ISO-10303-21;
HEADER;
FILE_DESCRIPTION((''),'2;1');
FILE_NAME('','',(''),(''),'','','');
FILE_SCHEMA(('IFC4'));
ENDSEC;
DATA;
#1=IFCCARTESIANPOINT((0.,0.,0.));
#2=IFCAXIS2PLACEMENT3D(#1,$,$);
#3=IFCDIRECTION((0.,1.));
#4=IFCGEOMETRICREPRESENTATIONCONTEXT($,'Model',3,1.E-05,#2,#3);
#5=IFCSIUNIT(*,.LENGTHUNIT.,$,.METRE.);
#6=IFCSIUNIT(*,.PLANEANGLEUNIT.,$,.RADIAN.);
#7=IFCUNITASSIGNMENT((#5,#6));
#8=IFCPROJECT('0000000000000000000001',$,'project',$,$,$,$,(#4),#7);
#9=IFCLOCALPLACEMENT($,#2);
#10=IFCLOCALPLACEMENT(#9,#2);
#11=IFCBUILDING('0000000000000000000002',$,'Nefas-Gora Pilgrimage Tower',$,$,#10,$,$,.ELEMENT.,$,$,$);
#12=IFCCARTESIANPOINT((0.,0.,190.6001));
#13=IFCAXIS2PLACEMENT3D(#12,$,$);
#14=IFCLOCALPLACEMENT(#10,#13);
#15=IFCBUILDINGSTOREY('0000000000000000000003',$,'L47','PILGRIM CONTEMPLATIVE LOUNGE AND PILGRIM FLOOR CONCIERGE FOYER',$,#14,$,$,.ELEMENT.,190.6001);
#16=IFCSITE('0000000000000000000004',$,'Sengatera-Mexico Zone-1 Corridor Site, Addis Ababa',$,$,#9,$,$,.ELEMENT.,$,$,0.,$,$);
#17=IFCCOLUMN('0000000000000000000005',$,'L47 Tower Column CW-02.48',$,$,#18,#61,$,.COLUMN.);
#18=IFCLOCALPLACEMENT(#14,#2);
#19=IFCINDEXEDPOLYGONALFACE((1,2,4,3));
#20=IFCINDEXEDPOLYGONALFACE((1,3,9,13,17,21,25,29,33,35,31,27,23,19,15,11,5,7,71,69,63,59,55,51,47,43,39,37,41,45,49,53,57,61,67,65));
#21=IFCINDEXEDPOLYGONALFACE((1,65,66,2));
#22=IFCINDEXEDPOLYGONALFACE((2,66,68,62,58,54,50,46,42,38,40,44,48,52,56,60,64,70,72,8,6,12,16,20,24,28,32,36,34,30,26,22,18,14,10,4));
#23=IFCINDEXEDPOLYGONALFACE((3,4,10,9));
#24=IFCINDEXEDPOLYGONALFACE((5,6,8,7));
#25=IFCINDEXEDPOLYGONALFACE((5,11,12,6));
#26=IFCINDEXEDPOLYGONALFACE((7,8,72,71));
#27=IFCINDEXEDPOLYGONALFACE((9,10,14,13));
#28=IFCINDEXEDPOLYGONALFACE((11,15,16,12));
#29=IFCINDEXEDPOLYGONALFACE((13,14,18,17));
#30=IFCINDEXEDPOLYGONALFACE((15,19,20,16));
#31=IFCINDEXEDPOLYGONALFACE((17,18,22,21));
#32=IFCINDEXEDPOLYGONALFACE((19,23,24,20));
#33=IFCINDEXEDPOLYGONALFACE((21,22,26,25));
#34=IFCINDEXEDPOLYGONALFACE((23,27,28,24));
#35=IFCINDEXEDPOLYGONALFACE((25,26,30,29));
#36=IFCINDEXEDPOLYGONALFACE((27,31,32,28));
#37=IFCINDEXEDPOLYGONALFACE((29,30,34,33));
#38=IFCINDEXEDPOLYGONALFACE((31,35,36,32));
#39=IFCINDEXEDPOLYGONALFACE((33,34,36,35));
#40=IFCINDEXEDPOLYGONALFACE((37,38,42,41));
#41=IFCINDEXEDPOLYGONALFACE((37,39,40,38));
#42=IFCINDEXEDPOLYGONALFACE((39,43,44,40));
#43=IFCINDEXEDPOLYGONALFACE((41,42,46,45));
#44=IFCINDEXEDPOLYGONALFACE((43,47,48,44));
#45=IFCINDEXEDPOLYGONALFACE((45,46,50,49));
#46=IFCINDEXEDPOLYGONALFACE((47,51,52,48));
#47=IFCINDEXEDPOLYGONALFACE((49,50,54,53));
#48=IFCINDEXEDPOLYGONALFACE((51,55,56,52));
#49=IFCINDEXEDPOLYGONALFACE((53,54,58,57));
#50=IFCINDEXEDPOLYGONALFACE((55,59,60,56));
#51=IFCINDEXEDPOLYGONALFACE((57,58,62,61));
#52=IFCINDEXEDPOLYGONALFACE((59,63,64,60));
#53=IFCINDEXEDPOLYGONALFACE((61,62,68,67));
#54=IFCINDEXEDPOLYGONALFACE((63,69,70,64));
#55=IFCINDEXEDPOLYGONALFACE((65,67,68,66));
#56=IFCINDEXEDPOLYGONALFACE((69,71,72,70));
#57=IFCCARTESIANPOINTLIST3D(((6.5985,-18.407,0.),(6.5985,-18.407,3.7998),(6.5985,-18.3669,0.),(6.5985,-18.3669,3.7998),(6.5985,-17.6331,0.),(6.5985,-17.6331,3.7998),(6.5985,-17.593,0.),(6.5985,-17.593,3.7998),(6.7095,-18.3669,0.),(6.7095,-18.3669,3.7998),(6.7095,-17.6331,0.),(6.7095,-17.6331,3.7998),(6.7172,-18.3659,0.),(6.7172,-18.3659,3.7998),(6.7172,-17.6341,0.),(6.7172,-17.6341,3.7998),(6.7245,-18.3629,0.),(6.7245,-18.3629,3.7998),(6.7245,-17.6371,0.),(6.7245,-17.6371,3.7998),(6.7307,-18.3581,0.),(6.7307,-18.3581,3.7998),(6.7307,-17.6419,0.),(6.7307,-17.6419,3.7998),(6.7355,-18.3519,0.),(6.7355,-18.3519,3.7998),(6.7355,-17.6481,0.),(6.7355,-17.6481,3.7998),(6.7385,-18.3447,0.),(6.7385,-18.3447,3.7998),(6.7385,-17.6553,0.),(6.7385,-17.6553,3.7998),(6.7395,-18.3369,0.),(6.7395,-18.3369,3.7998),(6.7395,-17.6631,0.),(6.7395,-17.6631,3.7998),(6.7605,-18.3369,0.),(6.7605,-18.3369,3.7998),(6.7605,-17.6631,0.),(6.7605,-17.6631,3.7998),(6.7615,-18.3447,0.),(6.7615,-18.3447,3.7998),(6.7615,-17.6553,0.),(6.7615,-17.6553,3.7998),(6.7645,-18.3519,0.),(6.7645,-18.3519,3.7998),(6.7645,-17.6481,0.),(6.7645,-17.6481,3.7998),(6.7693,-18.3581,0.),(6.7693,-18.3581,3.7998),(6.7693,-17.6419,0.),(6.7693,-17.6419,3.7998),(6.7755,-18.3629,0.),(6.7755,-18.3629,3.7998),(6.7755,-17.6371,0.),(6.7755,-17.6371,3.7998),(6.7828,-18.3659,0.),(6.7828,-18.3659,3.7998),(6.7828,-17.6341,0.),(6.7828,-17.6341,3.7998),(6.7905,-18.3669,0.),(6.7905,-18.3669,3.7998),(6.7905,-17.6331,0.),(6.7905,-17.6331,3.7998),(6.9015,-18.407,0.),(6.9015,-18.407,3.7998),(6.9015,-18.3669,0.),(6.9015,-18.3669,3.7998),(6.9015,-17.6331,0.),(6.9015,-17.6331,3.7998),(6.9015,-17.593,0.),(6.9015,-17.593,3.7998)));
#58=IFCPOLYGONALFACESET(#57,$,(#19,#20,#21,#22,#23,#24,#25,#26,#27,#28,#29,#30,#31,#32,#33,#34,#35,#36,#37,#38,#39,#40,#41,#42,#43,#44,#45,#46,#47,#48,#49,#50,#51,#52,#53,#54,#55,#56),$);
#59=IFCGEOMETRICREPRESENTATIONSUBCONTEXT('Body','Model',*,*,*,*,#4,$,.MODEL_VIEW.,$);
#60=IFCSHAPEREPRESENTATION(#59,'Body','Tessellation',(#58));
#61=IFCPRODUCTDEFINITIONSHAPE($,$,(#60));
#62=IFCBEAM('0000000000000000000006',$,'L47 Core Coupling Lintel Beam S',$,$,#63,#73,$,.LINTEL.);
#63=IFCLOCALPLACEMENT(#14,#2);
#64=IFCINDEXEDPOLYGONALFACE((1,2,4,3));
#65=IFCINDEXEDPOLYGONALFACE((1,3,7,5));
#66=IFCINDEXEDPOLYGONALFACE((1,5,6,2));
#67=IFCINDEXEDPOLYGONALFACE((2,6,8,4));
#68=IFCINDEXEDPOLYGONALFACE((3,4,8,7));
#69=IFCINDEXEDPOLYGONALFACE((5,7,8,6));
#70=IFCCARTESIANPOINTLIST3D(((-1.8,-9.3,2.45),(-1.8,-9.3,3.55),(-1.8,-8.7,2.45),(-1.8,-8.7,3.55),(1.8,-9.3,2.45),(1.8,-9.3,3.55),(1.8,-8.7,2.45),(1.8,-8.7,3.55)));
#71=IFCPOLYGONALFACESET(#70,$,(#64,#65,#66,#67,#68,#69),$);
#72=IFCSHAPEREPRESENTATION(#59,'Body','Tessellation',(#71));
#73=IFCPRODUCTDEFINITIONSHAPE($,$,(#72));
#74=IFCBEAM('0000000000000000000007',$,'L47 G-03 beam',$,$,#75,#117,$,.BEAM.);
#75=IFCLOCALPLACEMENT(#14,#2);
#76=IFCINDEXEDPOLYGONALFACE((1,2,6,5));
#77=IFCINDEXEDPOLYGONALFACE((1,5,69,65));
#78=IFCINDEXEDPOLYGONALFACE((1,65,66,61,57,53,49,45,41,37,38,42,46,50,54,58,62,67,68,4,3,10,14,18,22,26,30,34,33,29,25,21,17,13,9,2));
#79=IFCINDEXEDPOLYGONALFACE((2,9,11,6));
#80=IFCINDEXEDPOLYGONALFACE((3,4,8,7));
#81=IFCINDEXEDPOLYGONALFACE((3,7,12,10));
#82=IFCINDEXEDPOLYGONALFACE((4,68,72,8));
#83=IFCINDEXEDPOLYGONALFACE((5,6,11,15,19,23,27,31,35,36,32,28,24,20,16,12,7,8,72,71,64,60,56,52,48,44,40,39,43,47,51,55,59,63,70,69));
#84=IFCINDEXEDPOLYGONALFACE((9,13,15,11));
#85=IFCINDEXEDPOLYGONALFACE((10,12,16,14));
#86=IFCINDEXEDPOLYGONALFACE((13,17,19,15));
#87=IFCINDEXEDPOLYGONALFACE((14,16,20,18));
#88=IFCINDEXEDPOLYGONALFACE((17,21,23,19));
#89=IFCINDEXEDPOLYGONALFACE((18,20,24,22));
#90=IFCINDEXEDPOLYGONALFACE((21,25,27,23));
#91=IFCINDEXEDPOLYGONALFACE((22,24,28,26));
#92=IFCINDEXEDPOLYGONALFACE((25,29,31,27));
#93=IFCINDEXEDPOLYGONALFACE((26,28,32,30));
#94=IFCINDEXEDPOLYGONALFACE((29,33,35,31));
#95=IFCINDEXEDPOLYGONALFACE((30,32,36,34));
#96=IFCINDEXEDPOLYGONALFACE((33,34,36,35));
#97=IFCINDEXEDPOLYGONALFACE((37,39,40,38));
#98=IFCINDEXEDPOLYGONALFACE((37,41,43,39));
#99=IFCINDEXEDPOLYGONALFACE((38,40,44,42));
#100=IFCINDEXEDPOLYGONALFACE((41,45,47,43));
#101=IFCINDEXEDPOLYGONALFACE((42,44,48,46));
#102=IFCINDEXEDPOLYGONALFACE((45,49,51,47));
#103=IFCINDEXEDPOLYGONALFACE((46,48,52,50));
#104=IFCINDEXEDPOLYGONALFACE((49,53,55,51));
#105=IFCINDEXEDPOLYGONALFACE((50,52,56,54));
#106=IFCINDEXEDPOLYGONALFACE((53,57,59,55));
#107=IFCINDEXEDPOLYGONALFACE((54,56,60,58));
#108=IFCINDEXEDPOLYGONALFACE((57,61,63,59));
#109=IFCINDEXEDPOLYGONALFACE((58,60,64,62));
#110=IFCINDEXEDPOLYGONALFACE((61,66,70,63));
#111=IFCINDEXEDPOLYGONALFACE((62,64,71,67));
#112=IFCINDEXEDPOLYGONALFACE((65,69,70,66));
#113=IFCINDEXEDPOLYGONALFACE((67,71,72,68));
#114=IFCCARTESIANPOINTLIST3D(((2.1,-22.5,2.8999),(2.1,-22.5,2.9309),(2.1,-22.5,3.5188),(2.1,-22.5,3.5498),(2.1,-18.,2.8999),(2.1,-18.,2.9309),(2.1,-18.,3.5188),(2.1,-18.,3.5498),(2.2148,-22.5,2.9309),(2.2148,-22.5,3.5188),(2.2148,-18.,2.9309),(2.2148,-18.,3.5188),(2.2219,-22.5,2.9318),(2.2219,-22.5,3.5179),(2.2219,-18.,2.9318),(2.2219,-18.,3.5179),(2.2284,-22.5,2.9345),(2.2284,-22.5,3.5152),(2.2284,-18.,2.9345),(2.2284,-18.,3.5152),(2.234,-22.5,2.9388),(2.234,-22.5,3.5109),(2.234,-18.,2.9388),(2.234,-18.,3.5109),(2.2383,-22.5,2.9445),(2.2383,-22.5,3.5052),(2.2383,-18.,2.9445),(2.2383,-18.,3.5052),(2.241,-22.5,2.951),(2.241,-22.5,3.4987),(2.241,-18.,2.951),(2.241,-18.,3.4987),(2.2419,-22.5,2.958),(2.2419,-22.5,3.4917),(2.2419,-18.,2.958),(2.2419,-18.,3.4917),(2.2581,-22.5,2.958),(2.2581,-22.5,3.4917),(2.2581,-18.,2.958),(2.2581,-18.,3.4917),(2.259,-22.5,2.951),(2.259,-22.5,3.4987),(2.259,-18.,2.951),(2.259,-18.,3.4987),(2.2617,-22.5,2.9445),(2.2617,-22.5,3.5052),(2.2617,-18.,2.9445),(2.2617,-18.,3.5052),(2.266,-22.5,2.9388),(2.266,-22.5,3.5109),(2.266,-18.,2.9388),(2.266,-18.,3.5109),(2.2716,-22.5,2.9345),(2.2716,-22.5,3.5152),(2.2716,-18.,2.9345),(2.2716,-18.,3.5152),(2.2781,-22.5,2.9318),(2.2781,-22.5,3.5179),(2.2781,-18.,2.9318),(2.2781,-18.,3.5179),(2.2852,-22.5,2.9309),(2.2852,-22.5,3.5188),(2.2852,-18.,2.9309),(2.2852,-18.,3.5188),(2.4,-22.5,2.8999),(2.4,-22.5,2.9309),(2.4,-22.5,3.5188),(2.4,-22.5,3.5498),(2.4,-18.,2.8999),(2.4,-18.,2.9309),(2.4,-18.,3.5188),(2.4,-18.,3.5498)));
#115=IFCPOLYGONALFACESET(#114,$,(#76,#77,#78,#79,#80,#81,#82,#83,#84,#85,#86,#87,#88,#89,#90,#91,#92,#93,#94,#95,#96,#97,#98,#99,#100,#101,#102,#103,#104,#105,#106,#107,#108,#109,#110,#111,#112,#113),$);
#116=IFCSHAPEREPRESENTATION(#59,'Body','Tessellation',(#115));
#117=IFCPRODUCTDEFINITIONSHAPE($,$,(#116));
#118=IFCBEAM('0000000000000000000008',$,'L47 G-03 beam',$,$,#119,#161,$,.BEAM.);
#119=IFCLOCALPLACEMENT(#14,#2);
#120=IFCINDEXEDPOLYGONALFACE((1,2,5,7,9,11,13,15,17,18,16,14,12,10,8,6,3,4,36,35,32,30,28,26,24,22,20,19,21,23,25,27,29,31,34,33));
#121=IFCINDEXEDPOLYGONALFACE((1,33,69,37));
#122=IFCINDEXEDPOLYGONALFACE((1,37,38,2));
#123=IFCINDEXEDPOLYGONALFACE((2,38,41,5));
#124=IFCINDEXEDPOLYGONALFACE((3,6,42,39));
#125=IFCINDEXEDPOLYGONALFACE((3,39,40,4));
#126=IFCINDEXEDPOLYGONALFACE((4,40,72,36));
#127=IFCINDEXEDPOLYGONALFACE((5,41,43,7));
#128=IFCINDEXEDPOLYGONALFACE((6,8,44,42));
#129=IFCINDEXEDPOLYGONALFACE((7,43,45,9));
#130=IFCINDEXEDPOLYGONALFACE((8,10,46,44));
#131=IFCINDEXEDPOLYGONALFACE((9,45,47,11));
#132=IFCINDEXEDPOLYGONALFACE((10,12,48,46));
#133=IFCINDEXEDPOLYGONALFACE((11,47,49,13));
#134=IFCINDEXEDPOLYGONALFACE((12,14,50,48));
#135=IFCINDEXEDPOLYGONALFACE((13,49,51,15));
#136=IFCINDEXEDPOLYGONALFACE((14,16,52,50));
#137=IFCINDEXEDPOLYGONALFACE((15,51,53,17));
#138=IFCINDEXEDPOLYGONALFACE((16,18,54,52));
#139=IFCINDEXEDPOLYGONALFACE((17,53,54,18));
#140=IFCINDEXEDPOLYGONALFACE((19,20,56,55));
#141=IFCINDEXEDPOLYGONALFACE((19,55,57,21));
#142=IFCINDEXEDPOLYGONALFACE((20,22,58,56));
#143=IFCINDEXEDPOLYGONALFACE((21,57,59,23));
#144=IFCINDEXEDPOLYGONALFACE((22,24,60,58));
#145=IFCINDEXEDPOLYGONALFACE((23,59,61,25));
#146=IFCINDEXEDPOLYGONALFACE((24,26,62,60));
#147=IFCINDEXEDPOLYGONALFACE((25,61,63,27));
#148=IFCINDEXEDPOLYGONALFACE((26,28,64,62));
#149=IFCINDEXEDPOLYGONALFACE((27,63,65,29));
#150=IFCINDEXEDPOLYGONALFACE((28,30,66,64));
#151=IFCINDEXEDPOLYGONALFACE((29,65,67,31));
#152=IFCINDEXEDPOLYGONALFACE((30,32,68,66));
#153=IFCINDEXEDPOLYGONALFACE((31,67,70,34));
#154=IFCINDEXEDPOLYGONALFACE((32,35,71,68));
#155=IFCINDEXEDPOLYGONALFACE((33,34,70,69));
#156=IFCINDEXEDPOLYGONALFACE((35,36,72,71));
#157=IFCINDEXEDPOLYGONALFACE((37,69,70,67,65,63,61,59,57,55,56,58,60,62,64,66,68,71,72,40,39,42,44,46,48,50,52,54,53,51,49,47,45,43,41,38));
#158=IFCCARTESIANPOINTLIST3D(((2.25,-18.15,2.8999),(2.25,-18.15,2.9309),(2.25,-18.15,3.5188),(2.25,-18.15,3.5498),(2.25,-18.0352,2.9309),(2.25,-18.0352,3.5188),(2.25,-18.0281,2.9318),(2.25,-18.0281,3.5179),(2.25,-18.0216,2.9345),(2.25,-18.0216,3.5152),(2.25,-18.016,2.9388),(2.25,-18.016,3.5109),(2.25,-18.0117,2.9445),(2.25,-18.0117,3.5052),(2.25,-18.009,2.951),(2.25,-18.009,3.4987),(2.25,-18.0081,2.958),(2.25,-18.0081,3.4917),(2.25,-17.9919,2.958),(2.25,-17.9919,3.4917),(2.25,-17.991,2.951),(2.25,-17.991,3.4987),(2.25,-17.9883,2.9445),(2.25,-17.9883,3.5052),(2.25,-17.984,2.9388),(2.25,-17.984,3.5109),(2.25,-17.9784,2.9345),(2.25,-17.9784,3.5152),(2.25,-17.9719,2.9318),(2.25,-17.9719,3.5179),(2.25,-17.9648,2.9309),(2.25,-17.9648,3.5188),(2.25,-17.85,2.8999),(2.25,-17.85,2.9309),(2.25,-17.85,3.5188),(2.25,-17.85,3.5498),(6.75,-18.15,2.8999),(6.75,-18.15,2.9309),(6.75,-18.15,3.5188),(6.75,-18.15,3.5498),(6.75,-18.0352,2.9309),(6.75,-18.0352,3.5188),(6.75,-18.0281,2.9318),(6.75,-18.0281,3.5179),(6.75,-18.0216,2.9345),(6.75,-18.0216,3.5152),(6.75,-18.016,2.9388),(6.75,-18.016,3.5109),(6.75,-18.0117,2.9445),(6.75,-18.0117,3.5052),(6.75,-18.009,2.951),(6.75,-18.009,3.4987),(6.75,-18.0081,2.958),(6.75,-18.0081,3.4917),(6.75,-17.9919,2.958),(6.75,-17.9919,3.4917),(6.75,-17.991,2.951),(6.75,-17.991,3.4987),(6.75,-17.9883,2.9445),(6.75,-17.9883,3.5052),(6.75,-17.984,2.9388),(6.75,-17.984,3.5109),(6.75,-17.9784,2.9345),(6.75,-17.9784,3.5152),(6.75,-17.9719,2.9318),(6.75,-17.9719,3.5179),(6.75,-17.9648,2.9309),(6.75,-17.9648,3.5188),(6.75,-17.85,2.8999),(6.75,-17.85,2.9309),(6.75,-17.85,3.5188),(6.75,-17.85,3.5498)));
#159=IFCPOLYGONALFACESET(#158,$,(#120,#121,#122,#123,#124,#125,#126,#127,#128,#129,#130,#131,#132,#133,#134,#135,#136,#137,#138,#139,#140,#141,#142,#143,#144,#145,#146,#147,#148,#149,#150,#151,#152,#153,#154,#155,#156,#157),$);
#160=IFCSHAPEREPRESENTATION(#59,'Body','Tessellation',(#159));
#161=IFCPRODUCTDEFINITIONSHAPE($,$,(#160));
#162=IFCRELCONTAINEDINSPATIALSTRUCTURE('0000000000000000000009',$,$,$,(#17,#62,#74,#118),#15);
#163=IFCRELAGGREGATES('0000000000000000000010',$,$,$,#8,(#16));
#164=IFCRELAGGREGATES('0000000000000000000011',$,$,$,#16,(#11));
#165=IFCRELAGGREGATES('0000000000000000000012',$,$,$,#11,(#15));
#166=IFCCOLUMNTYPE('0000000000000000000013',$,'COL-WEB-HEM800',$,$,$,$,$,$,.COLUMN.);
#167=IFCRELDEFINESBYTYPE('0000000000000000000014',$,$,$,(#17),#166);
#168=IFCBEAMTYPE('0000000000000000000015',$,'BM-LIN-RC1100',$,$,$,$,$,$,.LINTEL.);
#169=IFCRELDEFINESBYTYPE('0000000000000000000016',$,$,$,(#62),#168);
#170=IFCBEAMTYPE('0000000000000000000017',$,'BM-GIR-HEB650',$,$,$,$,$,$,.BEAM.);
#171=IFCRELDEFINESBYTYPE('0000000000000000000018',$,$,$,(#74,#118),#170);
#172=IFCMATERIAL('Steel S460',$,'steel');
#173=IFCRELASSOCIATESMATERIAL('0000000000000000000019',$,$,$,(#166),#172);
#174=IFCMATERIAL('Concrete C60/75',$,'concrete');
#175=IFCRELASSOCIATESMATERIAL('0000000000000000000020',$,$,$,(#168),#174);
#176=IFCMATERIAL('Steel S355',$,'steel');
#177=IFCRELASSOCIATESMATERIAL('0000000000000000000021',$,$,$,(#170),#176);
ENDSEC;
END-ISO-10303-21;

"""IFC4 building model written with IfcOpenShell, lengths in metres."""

from ifc_helpers import new_model, si_unit, direction, frame, origin, origin_2d, place, context, subcontext, project, spatial, rectangle, i_section, extrude, source, transform, mapped, material, material_profile, profile_set, type_object, element, save


model = new_model("IFC4")

# Units and contexts
model_context = context("Model", 3, precision=1e-05, world=origin(), true_north=direction((0.0, 1.0)))
body_context = subcontext(model_context, "Body", "Model", "MODEL_VIEW")
ifc_project = project(units=[si_unit("LENGTHUNIT", "METRE"), si_unit("PLANEANGLEUNIT", "RADIAN")], contexts=[model_context])

# Site, building, storey
site_placement = place(None, origin())
site = spatial("IfcSite", under=ifc_project, at=site_placement, Name="Sengatera-Mexico Zone-1 Corridor Site, Addis Ababa", CompositionType="ELEMENT", RefElevation=0.0)
building_placement = place(site_placement, origin())
building = spatial("IfcBuilding", under=site, at=building_placement, Name="Nefas-Gora Pilgrimage Tower", CompositionType="ELEMENT")
storey_placement = place(building_placement, frame((0.0, 0.0, 190.6001)))
storey = spatial("IfcBuildingStorey", under=building, at=storey_placement, Name="L47", Description="PILGRIM CONTEMPLATIVE LOUNGE AND PILGRIM FLOOR CONCIERGE FOYER", CompositionType="ELEMENT", Elevation=190.6001)

# Column
ifc_material_1 = material(Name="Steel S460", Category="steel")
ifc_material_profile_1 = material_profile(ifc_material_1, i_section(OverallWidth=0.303, OverallDepth=0.814, WebThickness=0.021, FlangeThickness=0.04, FilletRadius=0.03, at=origin_2d()), Name="HEM 800")
ifc_profile_set_1 = profile_set([ifc_material_profile_1], Name="Steel S460")
column_type_1 = type_object("IfcColumnType", Name="COL-WEB-HEM800", PredefinedType="COLUMN", material=ifc_profile_set_1)
shared_shape_1 = source(origin(), body_context, "Body", "SweptSolid", [
    extrude(i_section(OverallWidth=0.303, OverallDepth=0.814, WebThickness=0.021, FlangeThickness=0.04, FilletRadius=0.03, at=origin_2d()), origin(), (0.0, 0.0, 1.0), 3.7998),
])
for number, where, z_axis, x_axis, name in (
    (1, (6.75, -18.0, 0.0), (0.0, 0.0, 1.0), (1.0, 0.0, 0.0), "L47 Tower Column CW-02.48"),
):
    element("IfcColumn", number, at=place(storey_placement, frame(where, z_axis=z_axis, x_axis=x_axis)), inside=storey, type_object=column_type_1, Name=name, PredefinedType="COLUMN", context=body_context, shape_type="MappedRepresentation", body=[
        mapped(shared_shape_1, transform((0.0, 0.0, 0.0), x_axis=(1.0, 0.0, 0.0), y_axis=(0.0, 1.0, 0.0), z_axis=(0.0, 0.0, 1.0), scale=1.0)),
    ])

# Beams
ifc_material_2 = material(Name="Concrete C60/75", Category="concrete")
ifc_material_profile_2 = material_profile(ifc_material_2, rectangle(XDim=0.6001, YDim=1.1001, at=origin_2d()), Name="RC 600x1100")
ifc_profile_set_2 = profile_set([ifc_material_profile_2], Name="Concrete C60/75")
beam_type_1 = type_object("IfcBeamType", Name="BM-LIN-RC1100", PredefinedType="LINTEL", material=ifc_profile_set_2)
shared_shape_2 = source(origin(), body_context, "Body", "SweptSolid", [
    extrude(rectangle(XDim=0.6001, YDim=1.1001, at=origin_2d()), origin(), (0.0, 0.0, 1.0), 3.6001),
])
beam_placement = place(storey_placement, frame((-1.8, -9.0, 3.0), z_axis=(1.0, 0.0, 0.0), x_axis=(0.0, 1.0, 0.0)))
element("IfcBeam", 2, at=beam_placement, inside=storey, type_object=beam_type_1, Name="L47 Core Coupling Lintel Beam S", PredefinedType="LINTEL", context=body_context, shape_type="MappedRepresentation", body=[
    mapped(shared_shape_2, transform((0.0, 0.0, 0.0), x_axis=(1.0, 0.0, 0.0), y_axis=(0.0, 1.0, 0.0), z_axis=(0.0, 0.0, 1.0), scale=1.0)),
])
ifc_material_3 = material(Name="Steel S355", Category="steel")
ifc_material_profile_3 = material_profile(ifc_material_3, i_section(OverallWidth=0.3, OverallDepth=0.6499, WebThickness=0.0161, FlangeThickness=0.031, FilletRadius=0.0271, at=origin_2d()), Name="HEB 650")
ifc_profile_set_3 = profile_set([ifc_material_profile_3], Name="Steel S355")
beam_type_2 = type_object("IfcBeamType", Name="BM-GIR-HEB650", PredefinedType="BEAM", material=ifc_profile_set_3)
shared_shape_3 = source(origin(), body_context, "Body", "SweptSolid", [
    extrude(i_section(OverallWidth=0.3, OverallDepth=0.6499, WebThickness=0.0161, FlangeThickness=0.031, FilletRadius=0.0271, at=origin_2d()), origin(), (0.0, 0.0, 1.0), 4.5),
])
for number, where, z_axis, x_axis, name in (
    (3, (2.25, -22.5, 3.2249), (0.0, 1.0, 0.0), (-1.0, 0.0, 0.0), "L47 G-03 beam"),
    (4, (2.25, -18.0, 3.2249), (1.0, 0.0, 0.0), (0.0, 1.0, 0.0), "L47 G-03 beam"),
):
    element("IfcBeam", number, at=place(storey_placement, frame(where, z_axis=z_axis, x_axis=x_axis)), inside=storey, type_object=beam_type_2, Name=name, PredefinedType="BEAM", context=body_context, shape_type="MappedRepresentation", body=[
        mapped(shared_shape_3, transform((0.0, 0.0, 0.0), x_axis=(1.0, 0.0, 0.0), y_axis=(0.0, 1.0, 0.0), z_axis=(0.0, 0.0, 1.0), scale=1.0)),
    ])

save(model, "model.ifc")
